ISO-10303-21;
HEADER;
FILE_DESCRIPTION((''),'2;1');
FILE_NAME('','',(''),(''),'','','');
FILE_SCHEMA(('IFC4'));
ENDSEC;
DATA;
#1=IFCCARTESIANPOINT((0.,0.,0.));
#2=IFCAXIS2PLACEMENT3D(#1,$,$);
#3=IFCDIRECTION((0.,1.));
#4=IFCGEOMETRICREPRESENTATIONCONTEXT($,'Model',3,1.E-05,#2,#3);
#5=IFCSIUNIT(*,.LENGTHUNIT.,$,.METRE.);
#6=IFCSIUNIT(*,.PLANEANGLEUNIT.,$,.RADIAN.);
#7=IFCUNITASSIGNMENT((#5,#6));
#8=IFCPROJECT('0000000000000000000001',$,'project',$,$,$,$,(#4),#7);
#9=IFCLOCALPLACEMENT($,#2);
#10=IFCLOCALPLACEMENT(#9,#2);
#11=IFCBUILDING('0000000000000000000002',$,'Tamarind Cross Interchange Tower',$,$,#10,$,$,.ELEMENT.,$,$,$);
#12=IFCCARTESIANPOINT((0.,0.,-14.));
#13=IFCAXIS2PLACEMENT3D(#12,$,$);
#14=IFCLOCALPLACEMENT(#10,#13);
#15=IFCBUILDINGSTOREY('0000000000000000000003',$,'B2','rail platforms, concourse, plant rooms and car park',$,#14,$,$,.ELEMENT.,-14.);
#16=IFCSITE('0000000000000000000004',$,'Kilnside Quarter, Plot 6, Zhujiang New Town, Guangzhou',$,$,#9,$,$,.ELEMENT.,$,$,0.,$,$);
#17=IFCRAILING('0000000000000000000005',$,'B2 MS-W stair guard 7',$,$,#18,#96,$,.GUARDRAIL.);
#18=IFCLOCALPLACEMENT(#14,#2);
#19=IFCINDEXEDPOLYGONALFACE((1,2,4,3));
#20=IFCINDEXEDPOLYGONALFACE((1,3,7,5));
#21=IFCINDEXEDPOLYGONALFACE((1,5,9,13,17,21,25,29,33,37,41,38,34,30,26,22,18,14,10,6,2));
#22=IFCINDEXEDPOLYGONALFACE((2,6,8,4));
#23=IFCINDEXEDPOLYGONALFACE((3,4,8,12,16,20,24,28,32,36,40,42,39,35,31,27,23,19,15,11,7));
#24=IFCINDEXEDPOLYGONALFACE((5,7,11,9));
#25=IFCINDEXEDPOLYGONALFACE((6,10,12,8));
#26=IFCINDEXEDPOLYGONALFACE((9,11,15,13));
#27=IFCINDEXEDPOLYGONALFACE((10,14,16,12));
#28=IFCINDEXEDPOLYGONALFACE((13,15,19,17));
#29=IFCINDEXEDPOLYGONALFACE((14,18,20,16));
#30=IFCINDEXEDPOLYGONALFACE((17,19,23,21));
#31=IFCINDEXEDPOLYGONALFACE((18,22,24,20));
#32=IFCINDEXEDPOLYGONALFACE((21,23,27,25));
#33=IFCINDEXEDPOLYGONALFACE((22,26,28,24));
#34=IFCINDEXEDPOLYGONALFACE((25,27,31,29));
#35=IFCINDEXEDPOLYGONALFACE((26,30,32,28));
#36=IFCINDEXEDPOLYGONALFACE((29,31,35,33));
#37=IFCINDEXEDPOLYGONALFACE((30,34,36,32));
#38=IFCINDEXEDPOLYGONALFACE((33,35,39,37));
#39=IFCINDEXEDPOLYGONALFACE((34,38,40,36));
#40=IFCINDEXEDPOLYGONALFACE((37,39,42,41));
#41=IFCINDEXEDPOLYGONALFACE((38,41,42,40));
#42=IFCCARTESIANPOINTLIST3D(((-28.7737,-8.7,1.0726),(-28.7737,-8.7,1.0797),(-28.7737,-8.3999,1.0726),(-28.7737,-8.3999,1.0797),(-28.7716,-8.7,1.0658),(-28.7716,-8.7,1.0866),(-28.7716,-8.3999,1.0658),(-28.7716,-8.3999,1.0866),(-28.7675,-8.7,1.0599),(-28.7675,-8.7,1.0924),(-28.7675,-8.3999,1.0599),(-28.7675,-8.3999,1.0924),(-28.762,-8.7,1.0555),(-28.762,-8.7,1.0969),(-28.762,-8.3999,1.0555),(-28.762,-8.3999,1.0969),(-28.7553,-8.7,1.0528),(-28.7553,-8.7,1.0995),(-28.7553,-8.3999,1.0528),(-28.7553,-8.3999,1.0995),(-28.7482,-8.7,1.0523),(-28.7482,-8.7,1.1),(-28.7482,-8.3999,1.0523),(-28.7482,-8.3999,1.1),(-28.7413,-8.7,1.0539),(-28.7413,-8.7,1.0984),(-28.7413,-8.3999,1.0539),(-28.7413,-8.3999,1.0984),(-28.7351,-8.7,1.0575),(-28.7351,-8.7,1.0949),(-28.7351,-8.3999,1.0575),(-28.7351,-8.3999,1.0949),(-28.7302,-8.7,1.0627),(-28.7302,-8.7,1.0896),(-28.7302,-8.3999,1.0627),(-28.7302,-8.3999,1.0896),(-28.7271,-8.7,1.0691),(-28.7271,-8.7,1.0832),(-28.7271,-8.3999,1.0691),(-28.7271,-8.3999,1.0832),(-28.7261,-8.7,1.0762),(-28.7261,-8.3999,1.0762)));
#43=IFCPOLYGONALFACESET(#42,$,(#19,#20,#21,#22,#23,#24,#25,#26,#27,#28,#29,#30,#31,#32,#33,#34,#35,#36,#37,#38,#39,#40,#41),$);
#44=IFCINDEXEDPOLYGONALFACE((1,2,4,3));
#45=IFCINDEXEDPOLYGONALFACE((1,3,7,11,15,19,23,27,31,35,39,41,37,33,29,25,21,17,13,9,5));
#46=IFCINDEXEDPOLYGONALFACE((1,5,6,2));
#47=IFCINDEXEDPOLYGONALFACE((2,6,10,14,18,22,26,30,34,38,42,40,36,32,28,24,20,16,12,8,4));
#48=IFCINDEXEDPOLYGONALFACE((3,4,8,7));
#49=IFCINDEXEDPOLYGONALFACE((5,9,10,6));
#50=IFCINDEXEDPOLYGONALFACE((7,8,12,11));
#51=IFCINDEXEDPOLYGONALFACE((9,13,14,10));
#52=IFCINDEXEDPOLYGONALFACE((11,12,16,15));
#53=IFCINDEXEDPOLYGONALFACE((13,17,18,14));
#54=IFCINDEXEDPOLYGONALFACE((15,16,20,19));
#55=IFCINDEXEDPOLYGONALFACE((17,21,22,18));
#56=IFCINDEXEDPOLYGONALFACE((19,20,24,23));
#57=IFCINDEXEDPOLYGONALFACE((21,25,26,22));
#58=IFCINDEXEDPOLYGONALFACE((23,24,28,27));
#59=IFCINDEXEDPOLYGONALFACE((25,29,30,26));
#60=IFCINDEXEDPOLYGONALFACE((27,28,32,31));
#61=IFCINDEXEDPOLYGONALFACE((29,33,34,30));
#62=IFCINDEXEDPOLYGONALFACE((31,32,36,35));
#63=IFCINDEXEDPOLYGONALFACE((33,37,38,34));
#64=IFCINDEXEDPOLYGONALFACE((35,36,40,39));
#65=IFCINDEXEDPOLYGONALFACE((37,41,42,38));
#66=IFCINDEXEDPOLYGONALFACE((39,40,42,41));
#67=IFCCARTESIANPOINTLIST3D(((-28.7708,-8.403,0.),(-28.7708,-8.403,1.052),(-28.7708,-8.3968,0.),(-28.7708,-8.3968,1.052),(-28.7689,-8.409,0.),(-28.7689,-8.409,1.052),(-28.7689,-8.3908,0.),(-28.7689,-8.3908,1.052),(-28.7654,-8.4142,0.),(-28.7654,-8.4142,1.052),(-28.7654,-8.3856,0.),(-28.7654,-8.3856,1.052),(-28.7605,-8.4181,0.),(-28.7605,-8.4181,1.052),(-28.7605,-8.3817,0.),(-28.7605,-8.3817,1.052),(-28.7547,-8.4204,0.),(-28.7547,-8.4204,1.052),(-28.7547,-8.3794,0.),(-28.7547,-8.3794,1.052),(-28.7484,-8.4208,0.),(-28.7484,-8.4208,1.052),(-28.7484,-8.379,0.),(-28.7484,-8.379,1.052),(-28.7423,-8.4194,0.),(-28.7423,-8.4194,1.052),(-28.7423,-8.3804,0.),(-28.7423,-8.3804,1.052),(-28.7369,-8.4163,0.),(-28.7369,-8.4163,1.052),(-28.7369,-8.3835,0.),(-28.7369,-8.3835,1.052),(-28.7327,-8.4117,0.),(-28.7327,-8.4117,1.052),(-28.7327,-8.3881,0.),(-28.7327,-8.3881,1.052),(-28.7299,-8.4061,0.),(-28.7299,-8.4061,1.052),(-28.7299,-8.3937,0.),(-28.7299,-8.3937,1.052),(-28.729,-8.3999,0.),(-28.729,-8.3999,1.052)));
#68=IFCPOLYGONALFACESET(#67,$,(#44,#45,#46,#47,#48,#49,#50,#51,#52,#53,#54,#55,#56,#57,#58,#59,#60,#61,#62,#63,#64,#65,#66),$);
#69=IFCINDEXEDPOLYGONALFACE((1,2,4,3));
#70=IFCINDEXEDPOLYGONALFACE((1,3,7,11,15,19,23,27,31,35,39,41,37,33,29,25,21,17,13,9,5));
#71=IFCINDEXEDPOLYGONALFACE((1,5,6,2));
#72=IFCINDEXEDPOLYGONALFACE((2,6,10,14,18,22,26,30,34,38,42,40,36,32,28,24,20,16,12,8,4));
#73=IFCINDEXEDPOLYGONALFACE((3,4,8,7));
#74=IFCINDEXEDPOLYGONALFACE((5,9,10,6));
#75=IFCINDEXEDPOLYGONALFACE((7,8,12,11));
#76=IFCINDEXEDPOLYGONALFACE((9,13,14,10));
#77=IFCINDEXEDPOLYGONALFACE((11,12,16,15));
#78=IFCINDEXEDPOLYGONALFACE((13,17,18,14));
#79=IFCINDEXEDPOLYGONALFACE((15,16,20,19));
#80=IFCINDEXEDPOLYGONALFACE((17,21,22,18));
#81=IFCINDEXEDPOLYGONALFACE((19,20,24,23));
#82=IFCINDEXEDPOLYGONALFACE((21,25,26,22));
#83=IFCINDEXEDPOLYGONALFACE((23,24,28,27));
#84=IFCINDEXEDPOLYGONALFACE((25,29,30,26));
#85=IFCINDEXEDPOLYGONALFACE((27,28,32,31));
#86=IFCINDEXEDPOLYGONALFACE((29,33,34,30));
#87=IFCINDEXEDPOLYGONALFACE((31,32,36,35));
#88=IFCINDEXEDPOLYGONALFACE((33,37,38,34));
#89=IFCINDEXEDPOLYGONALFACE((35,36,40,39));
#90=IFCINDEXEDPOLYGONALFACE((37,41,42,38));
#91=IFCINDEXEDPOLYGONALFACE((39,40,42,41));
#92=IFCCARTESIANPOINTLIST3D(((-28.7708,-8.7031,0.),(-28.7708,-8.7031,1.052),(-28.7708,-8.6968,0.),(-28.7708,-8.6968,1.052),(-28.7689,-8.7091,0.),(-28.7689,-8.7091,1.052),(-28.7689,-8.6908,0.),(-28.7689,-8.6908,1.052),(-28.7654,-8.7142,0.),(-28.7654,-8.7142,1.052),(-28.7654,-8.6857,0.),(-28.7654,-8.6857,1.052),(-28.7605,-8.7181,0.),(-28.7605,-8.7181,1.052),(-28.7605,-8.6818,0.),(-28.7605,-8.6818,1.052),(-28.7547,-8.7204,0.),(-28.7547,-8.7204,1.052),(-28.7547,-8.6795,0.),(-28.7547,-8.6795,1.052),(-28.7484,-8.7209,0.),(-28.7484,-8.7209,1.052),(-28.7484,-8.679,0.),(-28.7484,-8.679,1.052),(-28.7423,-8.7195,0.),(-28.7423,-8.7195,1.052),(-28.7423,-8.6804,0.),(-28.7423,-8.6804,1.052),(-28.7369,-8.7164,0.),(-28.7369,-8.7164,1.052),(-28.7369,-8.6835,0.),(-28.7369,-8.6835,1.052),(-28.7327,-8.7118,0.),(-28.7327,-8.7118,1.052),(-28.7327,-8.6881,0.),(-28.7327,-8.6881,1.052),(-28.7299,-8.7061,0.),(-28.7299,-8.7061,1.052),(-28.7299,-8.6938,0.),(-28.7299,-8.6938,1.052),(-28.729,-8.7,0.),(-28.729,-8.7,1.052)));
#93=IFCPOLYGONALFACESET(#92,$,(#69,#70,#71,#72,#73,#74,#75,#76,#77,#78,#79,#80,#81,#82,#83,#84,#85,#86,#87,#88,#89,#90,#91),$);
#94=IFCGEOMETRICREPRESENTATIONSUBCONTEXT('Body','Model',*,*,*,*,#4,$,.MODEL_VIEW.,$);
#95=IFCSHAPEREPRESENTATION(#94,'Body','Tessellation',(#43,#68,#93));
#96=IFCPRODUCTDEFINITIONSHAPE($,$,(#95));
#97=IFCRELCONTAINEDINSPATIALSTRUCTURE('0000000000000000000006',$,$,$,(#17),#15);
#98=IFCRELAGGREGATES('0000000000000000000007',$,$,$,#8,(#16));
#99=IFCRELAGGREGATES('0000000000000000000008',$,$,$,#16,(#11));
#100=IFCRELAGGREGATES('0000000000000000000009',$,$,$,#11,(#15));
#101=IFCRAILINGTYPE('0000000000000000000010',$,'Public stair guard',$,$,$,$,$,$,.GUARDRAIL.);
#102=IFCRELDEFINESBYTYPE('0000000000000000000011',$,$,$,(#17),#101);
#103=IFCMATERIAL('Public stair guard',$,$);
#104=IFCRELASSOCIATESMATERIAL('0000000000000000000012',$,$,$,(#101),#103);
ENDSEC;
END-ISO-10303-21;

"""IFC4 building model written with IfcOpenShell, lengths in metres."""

from ifc_helpers import new_model, si_unit, direction, frame, origin, origin_2d, place, context, subcontext, project, spatial, circle, extrude, material, type_object, element, save


model = new_model("IFC4")

# Units and contexts
model_context = context("Model", 3, precision=1e-05, world=origin(), true_north=direction((0.0, 1.0)))
body_context = subcontext(model_context, "Body", "Model", "MODEL_VIEW")
ifc_project = project(units=[si_unit("LENGTHUNIT", "METRE"), si_unit("PLANEANGLEUNIT", "RADIAN")], contexts=[model_context])

# Site, building, storey
site_placement = place(None, origin())
site = spatial("IfcSite", under=ifc_project, at=site_placement, Name="Kilnside Quarter, Plot 6, Zhujiang New Town, Guangzhou", CompositionType="ELEMENT", RefElevation=0.0)
building_placement = place(site_placement, origin())
building = spatial("IfcBuilding", under=site, at=building_placement, Name="Tamarind Cross Interchange Tower", CompositionType="ELEMENT")
storey_placement = place(building_placement, frame((0.0, 0.0, -14.0)))
storey = spatial("IfcBuildingStorey", under=building, at=storey_placement, Name="B2", Description="rail platforms, concourse, plant rooms and car park", CompositionType="ELEMENT", Elevation=-14.0)

# Railing
ifc_material_1 = material(Name="Public stair guard")
railing_type_1 = type_object("IfcRailingType", Name="Public stair guard", PredefinedType="GUARDRAIL", material=ifc_material_1)
railing_1_placement = place(storey_placement, frame((-28.75, -8.3999, 0.0)))
element("IfcRailing", 1, at=railing_1_placement, inside=storey, type_object=railing_type_1, Name="B2 MS-W stair guard 7", PredefinedType="GUARDRAIL", context=body_context, shape_type="SweptSolid", body=[
    extrude(circle(Radius=0.0239, at=origin_2d()), frame((0.0, 0.0, 1.0762), z_axis=(0.0, -1.0, 0.0), x_axis=(1.0, 0.0, 0.0)), (0.0, 0.0, 1.0), 0.3),
    extrude(circle(Radius=0.021, at=origin_2d()), origin(), (0.0, 0.0, 1.0), 1.052),
    extrude(circle(Radius=0.021, at=origin_2d()), frame((0.0, -0.3, 0.0)), (0.0, 0.0, 1.0), 1.052),
])

save(model, "model.ifc")
